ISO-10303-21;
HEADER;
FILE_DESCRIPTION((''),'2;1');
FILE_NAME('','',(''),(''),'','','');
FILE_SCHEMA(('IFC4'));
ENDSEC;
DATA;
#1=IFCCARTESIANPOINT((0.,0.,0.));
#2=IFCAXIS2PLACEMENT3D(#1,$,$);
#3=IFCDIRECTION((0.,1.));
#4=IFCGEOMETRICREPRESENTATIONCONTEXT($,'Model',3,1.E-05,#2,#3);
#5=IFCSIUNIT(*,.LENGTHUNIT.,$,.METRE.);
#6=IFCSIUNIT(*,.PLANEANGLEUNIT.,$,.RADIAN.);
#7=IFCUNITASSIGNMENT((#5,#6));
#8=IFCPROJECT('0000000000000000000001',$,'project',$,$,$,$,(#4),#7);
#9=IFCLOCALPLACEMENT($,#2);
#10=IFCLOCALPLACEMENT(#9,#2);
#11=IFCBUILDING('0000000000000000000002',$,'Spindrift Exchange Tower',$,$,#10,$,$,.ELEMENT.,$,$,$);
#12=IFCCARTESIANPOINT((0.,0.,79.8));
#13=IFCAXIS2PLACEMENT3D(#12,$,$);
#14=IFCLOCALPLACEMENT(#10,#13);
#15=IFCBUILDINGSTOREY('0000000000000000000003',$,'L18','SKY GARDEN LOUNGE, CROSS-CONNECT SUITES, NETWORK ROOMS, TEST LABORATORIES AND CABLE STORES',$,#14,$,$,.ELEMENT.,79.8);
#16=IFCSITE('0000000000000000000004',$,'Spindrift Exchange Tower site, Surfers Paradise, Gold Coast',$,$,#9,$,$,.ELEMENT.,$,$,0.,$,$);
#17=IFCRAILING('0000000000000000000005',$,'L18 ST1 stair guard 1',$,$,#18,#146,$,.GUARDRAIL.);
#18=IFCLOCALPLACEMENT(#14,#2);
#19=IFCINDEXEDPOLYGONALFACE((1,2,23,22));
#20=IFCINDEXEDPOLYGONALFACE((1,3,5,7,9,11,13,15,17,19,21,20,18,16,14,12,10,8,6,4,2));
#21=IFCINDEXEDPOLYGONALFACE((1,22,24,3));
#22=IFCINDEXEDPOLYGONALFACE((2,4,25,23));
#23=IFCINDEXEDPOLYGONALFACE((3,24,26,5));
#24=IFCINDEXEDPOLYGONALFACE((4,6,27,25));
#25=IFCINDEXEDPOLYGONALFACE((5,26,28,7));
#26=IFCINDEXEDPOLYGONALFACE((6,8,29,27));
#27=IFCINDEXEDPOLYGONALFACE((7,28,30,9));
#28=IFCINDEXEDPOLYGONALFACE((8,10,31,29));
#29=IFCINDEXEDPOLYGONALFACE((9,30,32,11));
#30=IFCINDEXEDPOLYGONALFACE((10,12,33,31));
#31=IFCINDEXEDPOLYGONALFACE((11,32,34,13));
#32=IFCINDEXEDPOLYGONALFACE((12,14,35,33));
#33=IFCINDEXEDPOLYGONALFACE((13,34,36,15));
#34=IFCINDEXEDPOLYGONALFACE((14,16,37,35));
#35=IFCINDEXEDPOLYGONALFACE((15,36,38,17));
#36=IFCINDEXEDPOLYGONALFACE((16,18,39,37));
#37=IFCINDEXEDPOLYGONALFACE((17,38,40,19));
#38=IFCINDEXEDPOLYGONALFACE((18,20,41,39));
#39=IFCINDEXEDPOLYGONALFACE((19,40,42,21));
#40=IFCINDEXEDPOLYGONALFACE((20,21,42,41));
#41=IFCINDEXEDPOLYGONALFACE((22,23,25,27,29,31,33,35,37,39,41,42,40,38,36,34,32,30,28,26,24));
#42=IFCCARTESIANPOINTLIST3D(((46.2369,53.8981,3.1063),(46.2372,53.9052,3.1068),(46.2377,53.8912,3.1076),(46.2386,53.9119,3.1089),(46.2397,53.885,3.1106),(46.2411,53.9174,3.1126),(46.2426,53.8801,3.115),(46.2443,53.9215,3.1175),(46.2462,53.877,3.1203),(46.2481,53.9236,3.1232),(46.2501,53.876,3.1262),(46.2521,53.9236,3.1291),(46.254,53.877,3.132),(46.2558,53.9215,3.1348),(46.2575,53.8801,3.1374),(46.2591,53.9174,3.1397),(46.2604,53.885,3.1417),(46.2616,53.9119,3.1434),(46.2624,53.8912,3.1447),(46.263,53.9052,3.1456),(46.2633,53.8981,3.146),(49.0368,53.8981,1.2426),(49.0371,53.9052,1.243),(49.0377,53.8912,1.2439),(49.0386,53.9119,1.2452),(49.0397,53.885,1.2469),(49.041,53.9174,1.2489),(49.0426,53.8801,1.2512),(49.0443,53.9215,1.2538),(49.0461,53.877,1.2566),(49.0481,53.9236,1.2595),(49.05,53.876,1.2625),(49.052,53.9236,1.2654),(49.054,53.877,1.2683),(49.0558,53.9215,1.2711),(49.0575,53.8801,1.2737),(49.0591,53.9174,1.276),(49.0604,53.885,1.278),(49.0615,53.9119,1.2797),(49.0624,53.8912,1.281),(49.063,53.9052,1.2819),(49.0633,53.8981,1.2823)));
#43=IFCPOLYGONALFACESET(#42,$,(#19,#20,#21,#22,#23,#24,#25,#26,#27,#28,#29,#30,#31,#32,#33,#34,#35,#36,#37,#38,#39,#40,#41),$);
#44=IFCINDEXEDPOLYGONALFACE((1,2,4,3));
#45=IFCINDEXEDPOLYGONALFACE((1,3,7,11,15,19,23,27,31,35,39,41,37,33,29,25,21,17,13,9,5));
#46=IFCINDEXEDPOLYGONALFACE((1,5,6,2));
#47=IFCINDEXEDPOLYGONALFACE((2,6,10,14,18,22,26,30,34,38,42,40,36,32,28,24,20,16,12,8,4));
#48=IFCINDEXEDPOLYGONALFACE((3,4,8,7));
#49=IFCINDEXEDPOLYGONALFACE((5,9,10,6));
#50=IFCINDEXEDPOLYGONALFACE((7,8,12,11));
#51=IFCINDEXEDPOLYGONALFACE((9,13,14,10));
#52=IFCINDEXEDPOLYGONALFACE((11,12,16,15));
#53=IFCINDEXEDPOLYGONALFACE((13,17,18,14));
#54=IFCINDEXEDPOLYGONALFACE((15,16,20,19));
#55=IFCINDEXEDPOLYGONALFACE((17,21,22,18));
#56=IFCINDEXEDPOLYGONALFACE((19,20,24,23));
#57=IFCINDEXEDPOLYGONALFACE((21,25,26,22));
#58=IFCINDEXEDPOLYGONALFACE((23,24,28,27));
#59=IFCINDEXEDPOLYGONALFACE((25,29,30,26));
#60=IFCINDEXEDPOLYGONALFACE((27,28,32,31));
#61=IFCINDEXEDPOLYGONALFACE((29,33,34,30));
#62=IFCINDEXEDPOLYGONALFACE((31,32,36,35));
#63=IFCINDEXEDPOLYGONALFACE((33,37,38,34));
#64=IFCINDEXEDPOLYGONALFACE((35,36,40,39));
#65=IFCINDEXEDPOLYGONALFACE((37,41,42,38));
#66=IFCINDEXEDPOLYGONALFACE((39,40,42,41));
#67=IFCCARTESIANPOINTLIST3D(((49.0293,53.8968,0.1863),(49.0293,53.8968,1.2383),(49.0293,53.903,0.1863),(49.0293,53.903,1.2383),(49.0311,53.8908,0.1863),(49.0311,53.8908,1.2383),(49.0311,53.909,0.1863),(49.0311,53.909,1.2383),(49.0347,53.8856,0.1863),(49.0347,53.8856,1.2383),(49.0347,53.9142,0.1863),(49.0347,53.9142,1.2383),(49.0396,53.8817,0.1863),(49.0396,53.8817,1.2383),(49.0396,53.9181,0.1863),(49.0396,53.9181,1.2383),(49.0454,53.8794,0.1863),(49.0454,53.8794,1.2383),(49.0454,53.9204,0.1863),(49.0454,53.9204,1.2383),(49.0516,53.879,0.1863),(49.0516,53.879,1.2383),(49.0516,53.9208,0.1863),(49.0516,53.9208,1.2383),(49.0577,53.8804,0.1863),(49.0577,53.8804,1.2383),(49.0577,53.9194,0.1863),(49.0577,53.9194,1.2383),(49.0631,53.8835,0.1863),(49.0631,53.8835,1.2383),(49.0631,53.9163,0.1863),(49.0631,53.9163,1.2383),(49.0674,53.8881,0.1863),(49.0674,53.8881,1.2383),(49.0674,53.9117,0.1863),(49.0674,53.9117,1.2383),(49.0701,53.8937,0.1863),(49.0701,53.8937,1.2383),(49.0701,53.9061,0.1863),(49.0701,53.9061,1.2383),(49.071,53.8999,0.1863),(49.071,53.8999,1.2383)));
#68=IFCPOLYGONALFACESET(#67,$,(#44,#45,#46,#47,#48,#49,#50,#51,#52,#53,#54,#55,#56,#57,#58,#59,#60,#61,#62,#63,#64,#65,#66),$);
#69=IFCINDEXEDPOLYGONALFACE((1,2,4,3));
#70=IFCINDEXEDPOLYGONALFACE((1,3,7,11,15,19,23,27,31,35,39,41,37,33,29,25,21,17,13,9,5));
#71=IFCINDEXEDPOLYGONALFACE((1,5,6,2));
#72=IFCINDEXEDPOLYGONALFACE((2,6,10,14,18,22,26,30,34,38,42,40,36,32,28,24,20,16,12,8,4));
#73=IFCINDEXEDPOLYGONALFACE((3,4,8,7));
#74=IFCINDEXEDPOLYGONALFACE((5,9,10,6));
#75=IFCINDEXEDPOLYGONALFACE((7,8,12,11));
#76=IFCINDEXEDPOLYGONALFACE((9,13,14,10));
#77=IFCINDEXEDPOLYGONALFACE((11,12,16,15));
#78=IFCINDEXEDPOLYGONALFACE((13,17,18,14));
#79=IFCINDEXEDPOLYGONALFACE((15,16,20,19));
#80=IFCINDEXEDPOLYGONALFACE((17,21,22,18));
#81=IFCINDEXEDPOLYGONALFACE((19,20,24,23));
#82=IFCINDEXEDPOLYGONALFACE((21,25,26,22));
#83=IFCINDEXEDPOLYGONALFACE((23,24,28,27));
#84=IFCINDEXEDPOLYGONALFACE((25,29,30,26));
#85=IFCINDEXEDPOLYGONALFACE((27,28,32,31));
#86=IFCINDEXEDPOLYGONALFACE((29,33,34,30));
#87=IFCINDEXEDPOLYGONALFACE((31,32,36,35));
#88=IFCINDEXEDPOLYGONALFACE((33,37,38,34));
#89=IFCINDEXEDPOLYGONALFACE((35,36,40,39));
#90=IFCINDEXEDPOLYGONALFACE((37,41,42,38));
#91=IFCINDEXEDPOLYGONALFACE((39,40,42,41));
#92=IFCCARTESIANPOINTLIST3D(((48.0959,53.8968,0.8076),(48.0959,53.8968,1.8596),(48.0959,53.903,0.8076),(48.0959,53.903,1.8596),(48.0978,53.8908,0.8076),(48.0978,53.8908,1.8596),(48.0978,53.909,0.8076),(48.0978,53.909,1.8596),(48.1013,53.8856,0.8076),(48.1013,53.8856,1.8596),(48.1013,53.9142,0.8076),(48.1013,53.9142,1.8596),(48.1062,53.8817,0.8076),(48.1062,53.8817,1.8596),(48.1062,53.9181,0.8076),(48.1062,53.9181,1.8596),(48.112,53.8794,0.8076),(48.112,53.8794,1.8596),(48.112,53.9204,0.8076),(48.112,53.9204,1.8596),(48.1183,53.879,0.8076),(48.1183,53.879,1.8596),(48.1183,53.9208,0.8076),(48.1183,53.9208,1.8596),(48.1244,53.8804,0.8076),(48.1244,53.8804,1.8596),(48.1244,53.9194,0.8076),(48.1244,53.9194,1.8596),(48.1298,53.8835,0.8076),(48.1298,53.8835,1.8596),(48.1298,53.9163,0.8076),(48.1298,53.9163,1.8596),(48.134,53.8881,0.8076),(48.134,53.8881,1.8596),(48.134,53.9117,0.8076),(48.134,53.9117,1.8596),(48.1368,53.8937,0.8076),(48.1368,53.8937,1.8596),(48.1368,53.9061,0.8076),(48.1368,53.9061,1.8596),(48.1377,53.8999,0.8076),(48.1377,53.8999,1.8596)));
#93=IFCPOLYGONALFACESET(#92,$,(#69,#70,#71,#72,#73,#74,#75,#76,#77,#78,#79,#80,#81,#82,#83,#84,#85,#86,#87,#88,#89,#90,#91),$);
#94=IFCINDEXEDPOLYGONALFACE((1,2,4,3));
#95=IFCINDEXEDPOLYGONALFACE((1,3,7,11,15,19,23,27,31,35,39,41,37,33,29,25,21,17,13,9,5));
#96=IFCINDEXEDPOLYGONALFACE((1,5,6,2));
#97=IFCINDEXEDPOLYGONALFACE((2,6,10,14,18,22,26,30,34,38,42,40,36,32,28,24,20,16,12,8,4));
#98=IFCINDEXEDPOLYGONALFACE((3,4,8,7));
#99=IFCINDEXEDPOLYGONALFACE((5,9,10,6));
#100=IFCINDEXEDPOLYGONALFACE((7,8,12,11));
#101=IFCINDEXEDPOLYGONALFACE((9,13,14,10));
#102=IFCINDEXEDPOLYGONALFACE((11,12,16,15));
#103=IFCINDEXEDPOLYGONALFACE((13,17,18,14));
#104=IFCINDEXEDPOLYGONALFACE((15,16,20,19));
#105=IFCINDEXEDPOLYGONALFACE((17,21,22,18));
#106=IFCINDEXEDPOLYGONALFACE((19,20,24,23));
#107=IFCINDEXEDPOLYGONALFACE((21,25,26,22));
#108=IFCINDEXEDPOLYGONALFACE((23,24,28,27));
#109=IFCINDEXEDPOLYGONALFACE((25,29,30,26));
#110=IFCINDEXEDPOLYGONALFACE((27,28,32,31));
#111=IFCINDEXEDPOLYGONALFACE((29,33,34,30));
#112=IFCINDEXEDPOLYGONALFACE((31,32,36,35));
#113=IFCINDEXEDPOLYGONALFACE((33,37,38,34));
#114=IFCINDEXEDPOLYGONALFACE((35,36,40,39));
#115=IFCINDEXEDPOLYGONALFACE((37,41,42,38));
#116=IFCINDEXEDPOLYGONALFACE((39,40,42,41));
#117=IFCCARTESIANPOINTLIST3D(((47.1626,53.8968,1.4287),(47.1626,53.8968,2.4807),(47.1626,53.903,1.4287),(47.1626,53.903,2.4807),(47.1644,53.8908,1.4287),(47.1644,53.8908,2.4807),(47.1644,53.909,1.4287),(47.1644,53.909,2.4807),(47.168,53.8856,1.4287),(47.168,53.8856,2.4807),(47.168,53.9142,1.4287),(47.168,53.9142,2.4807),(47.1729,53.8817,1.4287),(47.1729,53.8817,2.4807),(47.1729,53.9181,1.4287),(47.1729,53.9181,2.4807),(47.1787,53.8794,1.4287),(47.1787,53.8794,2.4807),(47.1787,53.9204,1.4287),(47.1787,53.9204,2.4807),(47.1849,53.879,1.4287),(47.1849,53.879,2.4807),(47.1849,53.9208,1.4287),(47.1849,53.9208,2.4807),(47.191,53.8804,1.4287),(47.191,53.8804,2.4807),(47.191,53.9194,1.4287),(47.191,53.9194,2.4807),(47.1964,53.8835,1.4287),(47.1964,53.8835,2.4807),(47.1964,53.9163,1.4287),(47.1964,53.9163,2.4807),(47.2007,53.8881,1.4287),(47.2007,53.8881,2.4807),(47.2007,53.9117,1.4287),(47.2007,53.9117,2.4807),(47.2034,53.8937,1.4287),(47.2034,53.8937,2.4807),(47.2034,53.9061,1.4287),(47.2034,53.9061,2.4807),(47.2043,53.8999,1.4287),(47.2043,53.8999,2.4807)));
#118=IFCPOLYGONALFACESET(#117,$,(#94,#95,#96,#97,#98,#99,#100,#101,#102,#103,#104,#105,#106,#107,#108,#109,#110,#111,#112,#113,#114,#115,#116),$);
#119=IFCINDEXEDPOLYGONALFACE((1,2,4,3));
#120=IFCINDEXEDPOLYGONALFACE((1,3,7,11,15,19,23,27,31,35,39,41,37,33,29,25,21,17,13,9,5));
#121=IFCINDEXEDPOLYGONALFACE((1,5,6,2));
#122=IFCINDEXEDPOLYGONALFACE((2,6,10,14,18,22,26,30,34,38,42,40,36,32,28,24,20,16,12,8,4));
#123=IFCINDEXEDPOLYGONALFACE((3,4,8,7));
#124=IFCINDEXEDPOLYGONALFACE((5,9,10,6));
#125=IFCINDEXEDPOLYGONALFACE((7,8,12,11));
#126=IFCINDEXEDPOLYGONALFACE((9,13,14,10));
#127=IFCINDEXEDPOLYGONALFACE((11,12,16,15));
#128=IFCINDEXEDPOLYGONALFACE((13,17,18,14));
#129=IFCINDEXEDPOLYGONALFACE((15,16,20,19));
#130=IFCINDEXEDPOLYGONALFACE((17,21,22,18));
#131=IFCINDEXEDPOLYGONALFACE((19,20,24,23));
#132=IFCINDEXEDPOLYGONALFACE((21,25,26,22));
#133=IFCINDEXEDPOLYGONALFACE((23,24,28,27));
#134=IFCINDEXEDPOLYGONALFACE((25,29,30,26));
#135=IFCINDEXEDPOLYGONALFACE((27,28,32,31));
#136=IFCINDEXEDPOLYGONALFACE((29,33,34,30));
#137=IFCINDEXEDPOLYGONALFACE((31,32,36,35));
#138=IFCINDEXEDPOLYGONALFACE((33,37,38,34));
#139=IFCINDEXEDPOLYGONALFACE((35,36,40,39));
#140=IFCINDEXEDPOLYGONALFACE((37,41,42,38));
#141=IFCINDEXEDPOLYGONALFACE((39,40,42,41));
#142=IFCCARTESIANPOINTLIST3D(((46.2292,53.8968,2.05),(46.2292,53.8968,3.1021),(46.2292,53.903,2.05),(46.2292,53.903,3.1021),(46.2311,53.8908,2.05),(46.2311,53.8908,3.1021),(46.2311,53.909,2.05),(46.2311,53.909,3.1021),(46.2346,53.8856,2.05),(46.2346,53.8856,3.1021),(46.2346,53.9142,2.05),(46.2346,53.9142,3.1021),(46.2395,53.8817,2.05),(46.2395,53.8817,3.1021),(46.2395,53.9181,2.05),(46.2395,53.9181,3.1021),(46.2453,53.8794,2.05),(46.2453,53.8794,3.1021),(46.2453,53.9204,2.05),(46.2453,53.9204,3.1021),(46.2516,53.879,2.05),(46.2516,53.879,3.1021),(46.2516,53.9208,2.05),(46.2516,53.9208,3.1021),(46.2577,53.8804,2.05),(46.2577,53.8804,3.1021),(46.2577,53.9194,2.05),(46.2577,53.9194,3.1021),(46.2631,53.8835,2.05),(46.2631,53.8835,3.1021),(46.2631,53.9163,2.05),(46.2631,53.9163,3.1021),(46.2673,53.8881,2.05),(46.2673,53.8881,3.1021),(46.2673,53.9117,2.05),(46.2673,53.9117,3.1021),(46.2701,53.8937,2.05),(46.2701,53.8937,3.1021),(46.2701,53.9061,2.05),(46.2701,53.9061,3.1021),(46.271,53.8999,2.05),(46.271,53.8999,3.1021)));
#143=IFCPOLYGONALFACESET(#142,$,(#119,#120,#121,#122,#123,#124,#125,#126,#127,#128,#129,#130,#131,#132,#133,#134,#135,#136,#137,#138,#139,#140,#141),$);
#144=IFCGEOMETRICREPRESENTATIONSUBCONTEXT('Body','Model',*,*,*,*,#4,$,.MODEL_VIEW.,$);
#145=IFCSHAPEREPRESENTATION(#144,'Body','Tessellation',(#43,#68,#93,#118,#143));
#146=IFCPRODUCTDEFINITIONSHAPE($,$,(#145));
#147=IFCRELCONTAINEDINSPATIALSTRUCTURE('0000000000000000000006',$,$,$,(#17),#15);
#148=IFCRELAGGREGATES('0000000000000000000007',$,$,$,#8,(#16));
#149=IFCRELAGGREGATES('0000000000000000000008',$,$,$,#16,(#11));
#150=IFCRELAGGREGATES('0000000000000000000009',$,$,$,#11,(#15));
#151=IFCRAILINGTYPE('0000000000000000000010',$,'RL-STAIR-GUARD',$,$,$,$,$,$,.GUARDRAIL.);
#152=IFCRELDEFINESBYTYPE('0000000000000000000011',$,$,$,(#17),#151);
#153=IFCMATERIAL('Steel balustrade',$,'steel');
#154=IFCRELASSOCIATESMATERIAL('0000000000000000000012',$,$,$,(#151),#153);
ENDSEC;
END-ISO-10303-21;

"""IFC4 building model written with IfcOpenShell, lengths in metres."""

from ifc_helpers import new_model, si_unit, direction, frame, origin, origin_2d, place, context, subcontext, project, spatial, circle, extrude, material, type_object, element, save


model = new_model("IFC4")

# Units and contexts
model_context = context("Model", 3, precision=1e-05, world=origin(), true_north=direction((0.0, 1.0)))
body_context = subcontext(model_context, "Body", "Model", "MODEL_VIEW")
ifc_project = project(units=[si_unit("LENGTHUNIT", "METRE"), si_unit("PLANEANGLEUNIT", "RADIAN")], contexts=[model_context])

# Site, building, storey
site_placement = place(None, origin())
site = spatial("IfcSite", under=ifc_project, at=site_placement, Name="Spindrift Exchange Tower site, Surfers Paradise, Gold Coast", CompositionType="ELEMENT", RefElevation=0.0)
building_placement = place(site_placement, origin())
building = spatial("IfcBuilding", under=site, at=building_placement, Name="Spindrift Exchange Tower", CompositionType="ELEMENT")
storey_placement = place(building_placement, frame((0.0, 0.0, 79.8)))
storey = spatial("IfcBuildingStorey", under=building, at=storey_placement, Name="L18", Description="SKY GARDEN LOUNGE, CROSS-CONNECT SUITES, NETWORK ROOMS, TEST LABORATORIES AND CABLE STORES", CompositionType="ELEMENT", Elevation=79.8)

# Railing
ifc_material_1 = material(Name="Steel balustrade", Category="steel")
railing_type_1 = type_object("IfcRailingType", Name="RL-STAIR-GUARD", PredefinedType="GUARDRAIL", material=ifc_material_1)
railing_1_placement = place(storey_placement, frame((49.05, 53.8999, 0.1863)))
element("IfcRailing", 1, at=railing_1_placement, inside=storey, type_object=railing_type_1, Name="L18 ST1 stair guard 1", PredefinedType="GUARDRAIL", context=body_context, shape_type="SweptSolid", body=[
    extrude(circle(Radius=0.0239, at=origin_2d()), frame((0.0, 0.0, 1.0762), z_axis=(-0.832452, 0.0, 0.554097), x_axis=(0.0, -1.0, 0.0)), (0.0, 0.0, 1.0), 3.3635),
    extrude(circle(Radius=0.021, at=origin_2d()), origin(), (0.0, 0.0, 1.0), 1.052),
    extrude(circle(Radius=0.021, at=origin_2d()), frame((-0.9333, 0.0, 0.6213)), (0.0, 0.0, 1.0), 1.052),
    extrude(circle(Radius=0.021, at=origin_2d()), frame((-1.8667, 0.0, 1.2424)), (0.0, 0.0, 1.0), 1.052),
    extrude(circle(Radius=0.021, at=origin_2d()), frame((-2.8, 0.0, 1.8638)), (0.0, 0.0, 1.0), 1.052),
])

save(model, "model.ifc")
